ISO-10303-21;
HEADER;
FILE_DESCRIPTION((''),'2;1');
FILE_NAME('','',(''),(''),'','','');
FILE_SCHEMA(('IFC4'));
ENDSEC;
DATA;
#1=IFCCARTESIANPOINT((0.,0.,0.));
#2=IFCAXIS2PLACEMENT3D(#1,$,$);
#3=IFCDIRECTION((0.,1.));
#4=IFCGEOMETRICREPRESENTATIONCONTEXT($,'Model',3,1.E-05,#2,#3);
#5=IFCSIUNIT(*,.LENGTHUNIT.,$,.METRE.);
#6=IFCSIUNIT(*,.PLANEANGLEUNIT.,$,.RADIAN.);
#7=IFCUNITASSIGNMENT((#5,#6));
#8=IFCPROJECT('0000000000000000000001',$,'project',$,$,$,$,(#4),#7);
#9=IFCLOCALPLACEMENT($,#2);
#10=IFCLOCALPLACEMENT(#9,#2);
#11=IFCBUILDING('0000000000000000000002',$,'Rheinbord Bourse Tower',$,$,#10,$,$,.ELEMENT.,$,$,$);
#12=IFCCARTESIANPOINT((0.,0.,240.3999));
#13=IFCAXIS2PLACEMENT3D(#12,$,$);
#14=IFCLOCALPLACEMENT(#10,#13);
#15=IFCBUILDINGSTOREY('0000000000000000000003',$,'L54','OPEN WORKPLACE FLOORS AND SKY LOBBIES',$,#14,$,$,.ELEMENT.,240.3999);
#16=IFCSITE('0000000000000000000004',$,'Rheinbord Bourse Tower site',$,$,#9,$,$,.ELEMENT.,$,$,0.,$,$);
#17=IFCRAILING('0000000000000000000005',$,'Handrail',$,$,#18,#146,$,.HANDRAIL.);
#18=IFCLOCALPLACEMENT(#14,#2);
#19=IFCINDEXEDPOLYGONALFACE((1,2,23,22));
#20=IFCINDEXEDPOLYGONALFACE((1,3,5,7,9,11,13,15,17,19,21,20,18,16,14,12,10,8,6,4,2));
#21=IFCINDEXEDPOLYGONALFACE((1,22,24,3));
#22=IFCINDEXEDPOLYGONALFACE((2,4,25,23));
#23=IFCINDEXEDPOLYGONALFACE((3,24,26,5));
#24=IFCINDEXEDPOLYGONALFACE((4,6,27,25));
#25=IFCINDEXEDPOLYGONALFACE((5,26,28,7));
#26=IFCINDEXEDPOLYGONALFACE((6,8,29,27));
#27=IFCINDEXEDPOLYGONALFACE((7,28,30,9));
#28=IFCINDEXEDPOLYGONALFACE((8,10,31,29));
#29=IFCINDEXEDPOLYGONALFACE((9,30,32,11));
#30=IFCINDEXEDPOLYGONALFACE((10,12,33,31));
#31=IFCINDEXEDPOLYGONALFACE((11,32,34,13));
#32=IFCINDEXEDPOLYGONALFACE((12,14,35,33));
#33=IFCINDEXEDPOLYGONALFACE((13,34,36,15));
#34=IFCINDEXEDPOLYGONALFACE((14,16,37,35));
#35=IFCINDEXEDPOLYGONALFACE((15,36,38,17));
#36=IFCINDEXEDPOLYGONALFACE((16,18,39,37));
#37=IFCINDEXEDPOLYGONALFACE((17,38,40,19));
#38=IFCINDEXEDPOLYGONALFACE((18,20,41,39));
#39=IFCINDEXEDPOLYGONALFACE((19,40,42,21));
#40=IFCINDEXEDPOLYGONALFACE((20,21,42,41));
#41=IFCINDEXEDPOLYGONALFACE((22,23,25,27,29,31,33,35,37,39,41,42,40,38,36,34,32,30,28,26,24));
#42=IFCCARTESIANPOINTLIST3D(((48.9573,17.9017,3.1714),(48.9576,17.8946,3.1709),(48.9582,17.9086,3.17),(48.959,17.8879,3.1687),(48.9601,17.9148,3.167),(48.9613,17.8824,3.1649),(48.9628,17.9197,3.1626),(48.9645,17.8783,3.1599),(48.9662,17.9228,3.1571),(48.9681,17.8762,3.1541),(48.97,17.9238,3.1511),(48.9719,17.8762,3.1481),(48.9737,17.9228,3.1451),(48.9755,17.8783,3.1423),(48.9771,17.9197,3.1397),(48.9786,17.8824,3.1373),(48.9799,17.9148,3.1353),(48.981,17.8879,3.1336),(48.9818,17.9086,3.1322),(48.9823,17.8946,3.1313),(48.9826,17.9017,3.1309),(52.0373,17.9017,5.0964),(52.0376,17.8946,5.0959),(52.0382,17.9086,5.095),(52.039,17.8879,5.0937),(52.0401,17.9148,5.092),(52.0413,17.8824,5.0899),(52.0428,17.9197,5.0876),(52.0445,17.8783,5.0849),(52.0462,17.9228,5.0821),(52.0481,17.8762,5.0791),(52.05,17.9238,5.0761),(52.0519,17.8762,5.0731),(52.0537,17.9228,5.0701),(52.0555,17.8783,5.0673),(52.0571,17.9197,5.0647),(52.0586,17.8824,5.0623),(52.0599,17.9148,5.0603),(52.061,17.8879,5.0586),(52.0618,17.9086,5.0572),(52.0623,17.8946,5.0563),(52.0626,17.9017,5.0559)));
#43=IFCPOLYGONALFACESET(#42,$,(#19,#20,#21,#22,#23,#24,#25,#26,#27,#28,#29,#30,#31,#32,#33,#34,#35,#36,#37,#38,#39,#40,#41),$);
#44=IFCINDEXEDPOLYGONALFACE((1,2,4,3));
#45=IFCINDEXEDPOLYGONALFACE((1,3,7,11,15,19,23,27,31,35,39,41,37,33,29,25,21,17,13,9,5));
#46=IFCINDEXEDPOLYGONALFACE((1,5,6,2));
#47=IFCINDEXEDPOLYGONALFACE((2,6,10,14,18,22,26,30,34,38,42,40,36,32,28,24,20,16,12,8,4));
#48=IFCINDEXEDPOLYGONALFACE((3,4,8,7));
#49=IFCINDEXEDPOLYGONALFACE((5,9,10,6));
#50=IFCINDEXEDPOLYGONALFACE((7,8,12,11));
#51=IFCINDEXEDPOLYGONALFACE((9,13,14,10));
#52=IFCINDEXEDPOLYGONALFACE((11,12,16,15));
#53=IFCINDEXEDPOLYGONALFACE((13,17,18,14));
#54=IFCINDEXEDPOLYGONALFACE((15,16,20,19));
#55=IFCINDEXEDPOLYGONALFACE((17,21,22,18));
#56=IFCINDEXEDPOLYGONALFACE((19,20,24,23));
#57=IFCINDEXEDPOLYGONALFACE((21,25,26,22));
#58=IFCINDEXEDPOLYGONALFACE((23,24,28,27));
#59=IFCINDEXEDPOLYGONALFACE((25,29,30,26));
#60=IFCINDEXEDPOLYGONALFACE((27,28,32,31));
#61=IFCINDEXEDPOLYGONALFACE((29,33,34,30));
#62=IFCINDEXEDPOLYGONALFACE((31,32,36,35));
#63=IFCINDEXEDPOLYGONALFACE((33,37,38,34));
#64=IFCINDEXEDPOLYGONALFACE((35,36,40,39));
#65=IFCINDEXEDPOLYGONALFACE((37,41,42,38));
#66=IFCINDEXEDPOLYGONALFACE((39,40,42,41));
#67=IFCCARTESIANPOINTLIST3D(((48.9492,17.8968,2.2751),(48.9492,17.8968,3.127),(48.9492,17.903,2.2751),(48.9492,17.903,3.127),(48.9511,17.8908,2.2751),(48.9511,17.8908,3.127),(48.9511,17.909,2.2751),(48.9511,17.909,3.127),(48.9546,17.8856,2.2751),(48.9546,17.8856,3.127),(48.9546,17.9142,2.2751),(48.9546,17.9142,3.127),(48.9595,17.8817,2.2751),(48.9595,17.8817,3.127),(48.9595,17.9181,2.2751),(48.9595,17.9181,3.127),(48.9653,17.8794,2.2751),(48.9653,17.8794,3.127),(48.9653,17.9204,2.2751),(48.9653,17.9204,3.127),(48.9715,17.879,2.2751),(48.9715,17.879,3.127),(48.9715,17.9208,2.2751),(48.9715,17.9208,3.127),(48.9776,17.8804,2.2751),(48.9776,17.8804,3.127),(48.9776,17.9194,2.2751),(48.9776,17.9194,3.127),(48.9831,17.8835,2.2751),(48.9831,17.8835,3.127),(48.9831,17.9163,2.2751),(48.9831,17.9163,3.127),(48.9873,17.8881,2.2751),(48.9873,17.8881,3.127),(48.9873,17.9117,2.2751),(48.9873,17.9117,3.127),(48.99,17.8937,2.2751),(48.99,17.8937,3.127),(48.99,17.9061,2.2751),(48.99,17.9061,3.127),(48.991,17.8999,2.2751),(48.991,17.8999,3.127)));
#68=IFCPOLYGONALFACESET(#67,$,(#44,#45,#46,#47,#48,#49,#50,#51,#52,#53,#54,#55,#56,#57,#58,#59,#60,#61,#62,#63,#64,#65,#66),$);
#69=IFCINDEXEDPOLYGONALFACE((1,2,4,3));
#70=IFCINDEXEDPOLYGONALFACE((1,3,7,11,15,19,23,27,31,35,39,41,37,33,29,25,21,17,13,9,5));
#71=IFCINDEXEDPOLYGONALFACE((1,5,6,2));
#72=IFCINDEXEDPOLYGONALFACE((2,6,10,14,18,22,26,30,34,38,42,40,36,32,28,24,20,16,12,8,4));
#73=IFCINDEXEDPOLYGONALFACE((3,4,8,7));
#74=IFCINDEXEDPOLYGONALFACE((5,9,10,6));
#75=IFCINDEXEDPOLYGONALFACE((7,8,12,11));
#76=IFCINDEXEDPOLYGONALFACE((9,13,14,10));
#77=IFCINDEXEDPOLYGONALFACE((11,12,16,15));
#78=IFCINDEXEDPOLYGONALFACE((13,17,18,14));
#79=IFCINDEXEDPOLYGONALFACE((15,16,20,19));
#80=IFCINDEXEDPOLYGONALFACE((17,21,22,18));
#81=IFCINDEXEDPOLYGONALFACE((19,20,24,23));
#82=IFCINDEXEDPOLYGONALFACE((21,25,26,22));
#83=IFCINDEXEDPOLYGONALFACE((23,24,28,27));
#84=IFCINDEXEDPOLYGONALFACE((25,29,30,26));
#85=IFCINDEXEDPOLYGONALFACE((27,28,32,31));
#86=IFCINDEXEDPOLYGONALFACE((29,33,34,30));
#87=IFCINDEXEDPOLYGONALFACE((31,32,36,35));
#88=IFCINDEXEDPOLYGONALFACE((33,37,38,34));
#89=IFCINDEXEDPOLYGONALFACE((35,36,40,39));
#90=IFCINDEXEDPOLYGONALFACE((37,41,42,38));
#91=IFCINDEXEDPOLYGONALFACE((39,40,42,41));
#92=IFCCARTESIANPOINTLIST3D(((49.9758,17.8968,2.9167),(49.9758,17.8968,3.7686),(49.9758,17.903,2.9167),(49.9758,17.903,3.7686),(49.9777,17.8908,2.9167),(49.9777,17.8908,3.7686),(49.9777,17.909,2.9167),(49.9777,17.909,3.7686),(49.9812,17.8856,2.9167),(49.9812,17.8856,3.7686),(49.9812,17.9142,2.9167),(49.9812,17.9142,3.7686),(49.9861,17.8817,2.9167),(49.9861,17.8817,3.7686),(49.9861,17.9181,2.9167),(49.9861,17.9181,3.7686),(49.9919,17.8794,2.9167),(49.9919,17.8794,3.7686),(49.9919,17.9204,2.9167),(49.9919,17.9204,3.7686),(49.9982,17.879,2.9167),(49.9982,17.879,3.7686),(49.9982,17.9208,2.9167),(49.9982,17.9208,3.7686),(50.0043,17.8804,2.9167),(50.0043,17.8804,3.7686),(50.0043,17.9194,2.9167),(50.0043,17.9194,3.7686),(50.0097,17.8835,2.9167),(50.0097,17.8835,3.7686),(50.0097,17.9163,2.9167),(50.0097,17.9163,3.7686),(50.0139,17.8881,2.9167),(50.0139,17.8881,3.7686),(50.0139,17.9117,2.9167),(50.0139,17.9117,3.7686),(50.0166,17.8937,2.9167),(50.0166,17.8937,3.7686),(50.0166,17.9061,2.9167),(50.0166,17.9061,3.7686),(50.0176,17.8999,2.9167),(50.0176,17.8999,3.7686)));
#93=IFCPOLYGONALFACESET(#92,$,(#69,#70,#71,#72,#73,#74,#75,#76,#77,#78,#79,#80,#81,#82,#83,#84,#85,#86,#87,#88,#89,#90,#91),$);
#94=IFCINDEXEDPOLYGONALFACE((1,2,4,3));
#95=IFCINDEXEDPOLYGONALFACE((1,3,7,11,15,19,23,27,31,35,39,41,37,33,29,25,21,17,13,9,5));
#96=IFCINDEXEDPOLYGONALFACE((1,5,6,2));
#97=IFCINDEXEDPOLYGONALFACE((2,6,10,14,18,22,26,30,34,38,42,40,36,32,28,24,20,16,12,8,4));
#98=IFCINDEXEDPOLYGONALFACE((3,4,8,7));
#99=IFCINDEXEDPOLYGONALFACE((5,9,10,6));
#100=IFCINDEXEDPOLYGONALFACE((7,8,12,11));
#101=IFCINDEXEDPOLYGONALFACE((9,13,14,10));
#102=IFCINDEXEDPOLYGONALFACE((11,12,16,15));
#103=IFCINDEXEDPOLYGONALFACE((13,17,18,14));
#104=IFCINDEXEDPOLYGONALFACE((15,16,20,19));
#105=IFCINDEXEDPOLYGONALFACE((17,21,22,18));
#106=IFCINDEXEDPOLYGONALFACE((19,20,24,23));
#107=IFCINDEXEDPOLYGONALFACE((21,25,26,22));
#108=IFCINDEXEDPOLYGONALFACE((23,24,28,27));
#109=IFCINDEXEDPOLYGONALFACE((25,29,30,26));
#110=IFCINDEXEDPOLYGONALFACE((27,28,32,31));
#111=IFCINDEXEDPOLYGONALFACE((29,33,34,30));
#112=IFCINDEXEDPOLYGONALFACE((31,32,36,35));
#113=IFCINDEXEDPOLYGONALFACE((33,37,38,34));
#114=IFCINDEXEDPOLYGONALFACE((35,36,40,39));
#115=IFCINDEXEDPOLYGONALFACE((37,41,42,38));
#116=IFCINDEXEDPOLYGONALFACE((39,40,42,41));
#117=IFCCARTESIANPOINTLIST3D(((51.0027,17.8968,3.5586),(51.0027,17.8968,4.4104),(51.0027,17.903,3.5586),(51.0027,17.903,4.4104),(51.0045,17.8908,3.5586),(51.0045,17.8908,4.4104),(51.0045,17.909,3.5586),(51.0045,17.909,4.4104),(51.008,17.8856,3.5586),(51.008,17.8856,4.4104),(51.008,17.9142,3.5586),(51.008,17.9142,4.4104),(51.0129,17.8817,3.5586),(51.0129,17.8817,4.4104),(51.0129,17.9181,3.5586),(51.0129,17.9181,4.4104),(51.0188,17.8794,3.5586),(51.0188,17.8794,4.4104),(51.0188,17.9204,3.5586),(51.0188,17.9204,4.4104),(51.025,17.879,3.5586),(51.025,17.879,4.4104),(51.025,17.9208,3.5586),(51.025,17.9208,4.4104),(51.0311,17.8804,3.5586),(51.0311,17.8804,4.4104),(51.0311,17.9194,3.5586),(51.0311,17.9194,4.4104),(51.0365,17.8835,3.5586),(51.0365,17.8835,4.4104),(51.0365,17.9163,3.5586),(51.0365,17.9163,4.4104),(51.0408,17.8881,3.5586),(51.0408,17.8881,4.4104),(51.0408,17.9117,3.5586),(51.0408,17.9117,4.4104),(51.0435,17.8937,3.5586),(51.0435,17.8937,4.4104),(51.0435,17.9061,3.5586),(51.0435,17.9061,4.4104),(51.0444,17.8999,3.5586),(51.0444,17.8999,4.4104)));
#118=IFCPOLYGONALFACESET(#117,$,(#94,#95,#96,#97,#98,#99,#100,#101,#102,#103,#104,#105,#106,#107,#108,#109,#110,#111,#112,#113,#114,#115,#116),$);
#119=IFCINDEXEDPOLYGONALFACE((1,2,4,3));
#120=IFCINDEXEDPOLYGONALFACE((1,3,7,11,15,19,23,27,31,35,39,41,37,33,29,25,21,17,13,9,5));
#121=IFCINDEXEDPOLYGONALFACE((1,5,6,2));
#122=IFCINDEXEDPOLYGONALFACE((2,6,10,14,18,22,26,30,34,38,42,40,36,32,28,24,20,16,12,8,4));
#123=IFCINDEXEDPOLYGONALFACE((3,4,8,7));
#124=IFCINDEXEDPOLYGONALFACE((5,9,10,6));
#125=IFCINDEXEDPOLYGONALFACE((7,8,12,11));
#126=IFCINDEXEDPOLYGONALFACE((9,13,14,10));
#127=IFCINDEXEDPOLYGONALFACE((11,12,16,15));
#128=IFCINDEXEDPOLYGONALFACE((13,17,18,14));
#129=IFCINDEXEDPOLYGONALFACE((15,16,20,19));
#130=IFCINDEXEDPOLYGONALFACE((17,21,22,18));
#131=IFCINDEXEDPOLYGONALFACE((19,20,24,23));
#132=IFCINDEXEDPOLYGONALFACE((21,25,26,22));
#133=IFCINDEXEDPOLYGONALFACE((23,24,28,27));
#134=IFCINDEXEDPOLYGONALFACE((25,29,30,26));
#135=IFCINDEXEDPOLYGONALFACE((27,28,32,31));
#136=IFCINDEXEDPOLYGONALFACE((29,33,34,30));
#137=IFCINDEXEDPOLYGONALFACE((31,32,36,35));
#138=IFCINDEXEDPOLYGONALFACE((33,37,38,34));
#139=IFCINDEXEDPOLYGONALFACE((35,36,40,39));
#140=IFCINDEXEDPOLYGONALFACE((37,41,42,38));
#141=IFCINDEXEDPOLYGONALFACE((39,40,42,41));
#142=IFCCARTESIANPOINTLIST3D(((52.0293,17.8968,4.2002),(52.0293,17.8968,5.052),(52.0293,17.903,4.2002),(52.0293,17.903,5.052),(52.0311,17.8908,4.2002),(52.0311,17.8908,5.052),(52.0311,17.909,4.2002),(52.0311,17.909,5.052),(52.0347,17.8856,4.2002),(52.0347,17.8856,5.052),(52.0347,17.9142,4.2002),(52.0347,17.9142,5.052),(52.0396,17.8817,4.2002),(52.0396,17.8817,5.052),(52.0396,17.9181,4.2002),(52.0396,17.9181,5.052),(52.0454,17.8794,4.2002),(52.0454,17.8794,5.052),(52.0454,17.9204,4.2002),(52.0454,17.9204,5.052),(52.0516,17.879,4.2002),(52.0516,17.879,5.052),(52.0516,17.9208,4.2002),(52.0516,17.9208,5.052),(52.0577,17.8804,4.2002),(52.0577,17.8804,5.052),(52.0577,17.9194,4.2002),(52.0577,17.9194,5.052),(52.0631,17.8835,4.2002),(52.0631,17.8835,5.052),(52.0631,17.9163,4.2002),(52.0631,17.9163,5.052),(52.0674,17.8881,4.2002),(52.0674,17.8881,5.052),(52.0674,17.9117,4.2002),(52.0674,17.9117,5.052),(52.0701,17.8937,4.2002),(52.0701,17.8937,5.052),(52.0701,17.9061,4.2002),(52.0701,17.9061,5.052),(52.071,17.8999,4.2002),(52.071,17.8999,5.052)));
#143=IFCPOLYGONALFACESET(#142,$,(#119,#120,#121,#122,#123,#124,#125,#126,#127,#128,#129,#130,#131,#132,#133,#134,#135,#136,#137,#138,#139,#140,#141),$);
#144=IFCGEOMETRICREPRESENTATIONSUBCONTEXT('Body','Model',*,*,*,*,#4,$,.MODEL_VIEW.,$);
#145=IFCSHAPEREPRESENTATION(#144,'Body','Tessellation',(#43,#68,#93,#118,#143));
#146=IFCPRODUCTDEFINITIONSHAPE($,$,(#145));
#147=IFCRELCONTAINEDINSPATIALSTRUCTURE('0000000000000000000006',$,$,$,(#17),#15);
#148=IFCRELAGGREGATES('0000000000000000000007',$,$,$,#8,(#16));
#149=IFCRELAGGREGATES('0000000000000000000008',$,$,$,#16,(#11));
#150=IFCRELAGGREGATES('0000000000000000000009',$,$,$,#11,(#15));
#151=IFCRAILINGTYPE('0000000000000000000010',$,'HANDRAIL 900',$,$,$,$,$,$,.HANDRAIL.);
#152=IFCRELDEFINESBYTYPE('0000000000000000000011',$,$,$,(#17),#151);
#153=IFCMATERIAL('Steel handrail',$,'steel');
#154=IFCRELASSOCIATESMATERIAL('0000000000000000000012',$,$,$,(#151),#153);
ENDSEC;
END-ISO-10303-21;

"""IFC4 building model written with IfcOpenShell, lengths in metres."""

from ifc_helpers import new_model, si_unit, direction, frame, origin, origin_2d, place, context, subcontext, project, spatial, circle, extrude, material, type_object, element, save


model = new_model("IFC4")

# Units and contexts
model_context = context("Model", 3, precision=1e-05, world=origin(), true_north=direction((0.0, 1.0)))
body_context = subcontext(model_context, "Body", "Model", "MODEL_VIEW")
ifc_project = project(units=[si_unit("LENGTHUNIT", "METRE"), si_unit("PLANEANGLEUNIT", "RADIAN")], contexts=[model_context])

# Site, building, storey
site_placement = place(None, origin())
site = spatial("IfcSite", under=ifc_project, at=site_placement, Name="Rheinbord Bourse Tower site", CompositionType="ELEMENT", RefElevation=0.0)
building_placement = place(site_placement, origin())
building = spatial("IfcBuilding", under=site, at=building_placement, Name="Rheinbord Bourse Tower", CompositionType="ELEMENT")
storey_placement = place(building_placement, frame((0.0, 0.0, 240.3999)))
storey = spatial("IfcBuildingStorey", under=building, at=storey_placement, Name="L54", Description="OPEN WORKPLACE FLOORS AND SKY LOBBIES", CompositionType="ELEMENT", Elevation=240.3999)

# Railing
ifc_material_1 = material(Name="Steel handrail", Category="steel")
railing_type = type_object("IfcRailingType", Name="HANDRAIL 900", PredefinedType="HANDRAIL", material=ifc_material_1)
railing_1_placement = place(storey_placement, frame((48.97, 17.8999, 2.2751)))
element("IfcRailing", 1, at=railing_1_placement, inside=storey, type_object=railing_type, Name="Handrail", PredefinedType="HANDRAIL", context=body_context, shape_type="SweptSolid", body=[
    extrude(circle(Radius=0.0239, at=origin_2d()), frame((0.0, 0.0, 0.876), z_axis=(0.847998, 0.0, 0.529999), x_axis=(0.0, 1.0, 0.0)), (0.0, 0.0, 1.0), 3.6321),
    extrude(circle(Radius=0.021, at=origin_2d()), origin(), (0.0, 0.0, 1.0), 0.8518),
    extrude(circle(Radius=0.021, at=origin_2d()), frame((1.0266, 0.0, 0.6416)), (0.0, 0.0, 1.0), 0.8518),
    extrude(circle(Radius=0.021, at=origin_2d()), frame((2.0535, 0.0, 1.2834)), (0.0, 0.0, 1.0), 0.8518),
    extrude(circle(Radius=0.021, at=origin_2d()), frame((3.0801, 0.0, 1.925)), (0.0, 0.0, 1.0), 0.8518),
])

save(model, "model.ifc")
